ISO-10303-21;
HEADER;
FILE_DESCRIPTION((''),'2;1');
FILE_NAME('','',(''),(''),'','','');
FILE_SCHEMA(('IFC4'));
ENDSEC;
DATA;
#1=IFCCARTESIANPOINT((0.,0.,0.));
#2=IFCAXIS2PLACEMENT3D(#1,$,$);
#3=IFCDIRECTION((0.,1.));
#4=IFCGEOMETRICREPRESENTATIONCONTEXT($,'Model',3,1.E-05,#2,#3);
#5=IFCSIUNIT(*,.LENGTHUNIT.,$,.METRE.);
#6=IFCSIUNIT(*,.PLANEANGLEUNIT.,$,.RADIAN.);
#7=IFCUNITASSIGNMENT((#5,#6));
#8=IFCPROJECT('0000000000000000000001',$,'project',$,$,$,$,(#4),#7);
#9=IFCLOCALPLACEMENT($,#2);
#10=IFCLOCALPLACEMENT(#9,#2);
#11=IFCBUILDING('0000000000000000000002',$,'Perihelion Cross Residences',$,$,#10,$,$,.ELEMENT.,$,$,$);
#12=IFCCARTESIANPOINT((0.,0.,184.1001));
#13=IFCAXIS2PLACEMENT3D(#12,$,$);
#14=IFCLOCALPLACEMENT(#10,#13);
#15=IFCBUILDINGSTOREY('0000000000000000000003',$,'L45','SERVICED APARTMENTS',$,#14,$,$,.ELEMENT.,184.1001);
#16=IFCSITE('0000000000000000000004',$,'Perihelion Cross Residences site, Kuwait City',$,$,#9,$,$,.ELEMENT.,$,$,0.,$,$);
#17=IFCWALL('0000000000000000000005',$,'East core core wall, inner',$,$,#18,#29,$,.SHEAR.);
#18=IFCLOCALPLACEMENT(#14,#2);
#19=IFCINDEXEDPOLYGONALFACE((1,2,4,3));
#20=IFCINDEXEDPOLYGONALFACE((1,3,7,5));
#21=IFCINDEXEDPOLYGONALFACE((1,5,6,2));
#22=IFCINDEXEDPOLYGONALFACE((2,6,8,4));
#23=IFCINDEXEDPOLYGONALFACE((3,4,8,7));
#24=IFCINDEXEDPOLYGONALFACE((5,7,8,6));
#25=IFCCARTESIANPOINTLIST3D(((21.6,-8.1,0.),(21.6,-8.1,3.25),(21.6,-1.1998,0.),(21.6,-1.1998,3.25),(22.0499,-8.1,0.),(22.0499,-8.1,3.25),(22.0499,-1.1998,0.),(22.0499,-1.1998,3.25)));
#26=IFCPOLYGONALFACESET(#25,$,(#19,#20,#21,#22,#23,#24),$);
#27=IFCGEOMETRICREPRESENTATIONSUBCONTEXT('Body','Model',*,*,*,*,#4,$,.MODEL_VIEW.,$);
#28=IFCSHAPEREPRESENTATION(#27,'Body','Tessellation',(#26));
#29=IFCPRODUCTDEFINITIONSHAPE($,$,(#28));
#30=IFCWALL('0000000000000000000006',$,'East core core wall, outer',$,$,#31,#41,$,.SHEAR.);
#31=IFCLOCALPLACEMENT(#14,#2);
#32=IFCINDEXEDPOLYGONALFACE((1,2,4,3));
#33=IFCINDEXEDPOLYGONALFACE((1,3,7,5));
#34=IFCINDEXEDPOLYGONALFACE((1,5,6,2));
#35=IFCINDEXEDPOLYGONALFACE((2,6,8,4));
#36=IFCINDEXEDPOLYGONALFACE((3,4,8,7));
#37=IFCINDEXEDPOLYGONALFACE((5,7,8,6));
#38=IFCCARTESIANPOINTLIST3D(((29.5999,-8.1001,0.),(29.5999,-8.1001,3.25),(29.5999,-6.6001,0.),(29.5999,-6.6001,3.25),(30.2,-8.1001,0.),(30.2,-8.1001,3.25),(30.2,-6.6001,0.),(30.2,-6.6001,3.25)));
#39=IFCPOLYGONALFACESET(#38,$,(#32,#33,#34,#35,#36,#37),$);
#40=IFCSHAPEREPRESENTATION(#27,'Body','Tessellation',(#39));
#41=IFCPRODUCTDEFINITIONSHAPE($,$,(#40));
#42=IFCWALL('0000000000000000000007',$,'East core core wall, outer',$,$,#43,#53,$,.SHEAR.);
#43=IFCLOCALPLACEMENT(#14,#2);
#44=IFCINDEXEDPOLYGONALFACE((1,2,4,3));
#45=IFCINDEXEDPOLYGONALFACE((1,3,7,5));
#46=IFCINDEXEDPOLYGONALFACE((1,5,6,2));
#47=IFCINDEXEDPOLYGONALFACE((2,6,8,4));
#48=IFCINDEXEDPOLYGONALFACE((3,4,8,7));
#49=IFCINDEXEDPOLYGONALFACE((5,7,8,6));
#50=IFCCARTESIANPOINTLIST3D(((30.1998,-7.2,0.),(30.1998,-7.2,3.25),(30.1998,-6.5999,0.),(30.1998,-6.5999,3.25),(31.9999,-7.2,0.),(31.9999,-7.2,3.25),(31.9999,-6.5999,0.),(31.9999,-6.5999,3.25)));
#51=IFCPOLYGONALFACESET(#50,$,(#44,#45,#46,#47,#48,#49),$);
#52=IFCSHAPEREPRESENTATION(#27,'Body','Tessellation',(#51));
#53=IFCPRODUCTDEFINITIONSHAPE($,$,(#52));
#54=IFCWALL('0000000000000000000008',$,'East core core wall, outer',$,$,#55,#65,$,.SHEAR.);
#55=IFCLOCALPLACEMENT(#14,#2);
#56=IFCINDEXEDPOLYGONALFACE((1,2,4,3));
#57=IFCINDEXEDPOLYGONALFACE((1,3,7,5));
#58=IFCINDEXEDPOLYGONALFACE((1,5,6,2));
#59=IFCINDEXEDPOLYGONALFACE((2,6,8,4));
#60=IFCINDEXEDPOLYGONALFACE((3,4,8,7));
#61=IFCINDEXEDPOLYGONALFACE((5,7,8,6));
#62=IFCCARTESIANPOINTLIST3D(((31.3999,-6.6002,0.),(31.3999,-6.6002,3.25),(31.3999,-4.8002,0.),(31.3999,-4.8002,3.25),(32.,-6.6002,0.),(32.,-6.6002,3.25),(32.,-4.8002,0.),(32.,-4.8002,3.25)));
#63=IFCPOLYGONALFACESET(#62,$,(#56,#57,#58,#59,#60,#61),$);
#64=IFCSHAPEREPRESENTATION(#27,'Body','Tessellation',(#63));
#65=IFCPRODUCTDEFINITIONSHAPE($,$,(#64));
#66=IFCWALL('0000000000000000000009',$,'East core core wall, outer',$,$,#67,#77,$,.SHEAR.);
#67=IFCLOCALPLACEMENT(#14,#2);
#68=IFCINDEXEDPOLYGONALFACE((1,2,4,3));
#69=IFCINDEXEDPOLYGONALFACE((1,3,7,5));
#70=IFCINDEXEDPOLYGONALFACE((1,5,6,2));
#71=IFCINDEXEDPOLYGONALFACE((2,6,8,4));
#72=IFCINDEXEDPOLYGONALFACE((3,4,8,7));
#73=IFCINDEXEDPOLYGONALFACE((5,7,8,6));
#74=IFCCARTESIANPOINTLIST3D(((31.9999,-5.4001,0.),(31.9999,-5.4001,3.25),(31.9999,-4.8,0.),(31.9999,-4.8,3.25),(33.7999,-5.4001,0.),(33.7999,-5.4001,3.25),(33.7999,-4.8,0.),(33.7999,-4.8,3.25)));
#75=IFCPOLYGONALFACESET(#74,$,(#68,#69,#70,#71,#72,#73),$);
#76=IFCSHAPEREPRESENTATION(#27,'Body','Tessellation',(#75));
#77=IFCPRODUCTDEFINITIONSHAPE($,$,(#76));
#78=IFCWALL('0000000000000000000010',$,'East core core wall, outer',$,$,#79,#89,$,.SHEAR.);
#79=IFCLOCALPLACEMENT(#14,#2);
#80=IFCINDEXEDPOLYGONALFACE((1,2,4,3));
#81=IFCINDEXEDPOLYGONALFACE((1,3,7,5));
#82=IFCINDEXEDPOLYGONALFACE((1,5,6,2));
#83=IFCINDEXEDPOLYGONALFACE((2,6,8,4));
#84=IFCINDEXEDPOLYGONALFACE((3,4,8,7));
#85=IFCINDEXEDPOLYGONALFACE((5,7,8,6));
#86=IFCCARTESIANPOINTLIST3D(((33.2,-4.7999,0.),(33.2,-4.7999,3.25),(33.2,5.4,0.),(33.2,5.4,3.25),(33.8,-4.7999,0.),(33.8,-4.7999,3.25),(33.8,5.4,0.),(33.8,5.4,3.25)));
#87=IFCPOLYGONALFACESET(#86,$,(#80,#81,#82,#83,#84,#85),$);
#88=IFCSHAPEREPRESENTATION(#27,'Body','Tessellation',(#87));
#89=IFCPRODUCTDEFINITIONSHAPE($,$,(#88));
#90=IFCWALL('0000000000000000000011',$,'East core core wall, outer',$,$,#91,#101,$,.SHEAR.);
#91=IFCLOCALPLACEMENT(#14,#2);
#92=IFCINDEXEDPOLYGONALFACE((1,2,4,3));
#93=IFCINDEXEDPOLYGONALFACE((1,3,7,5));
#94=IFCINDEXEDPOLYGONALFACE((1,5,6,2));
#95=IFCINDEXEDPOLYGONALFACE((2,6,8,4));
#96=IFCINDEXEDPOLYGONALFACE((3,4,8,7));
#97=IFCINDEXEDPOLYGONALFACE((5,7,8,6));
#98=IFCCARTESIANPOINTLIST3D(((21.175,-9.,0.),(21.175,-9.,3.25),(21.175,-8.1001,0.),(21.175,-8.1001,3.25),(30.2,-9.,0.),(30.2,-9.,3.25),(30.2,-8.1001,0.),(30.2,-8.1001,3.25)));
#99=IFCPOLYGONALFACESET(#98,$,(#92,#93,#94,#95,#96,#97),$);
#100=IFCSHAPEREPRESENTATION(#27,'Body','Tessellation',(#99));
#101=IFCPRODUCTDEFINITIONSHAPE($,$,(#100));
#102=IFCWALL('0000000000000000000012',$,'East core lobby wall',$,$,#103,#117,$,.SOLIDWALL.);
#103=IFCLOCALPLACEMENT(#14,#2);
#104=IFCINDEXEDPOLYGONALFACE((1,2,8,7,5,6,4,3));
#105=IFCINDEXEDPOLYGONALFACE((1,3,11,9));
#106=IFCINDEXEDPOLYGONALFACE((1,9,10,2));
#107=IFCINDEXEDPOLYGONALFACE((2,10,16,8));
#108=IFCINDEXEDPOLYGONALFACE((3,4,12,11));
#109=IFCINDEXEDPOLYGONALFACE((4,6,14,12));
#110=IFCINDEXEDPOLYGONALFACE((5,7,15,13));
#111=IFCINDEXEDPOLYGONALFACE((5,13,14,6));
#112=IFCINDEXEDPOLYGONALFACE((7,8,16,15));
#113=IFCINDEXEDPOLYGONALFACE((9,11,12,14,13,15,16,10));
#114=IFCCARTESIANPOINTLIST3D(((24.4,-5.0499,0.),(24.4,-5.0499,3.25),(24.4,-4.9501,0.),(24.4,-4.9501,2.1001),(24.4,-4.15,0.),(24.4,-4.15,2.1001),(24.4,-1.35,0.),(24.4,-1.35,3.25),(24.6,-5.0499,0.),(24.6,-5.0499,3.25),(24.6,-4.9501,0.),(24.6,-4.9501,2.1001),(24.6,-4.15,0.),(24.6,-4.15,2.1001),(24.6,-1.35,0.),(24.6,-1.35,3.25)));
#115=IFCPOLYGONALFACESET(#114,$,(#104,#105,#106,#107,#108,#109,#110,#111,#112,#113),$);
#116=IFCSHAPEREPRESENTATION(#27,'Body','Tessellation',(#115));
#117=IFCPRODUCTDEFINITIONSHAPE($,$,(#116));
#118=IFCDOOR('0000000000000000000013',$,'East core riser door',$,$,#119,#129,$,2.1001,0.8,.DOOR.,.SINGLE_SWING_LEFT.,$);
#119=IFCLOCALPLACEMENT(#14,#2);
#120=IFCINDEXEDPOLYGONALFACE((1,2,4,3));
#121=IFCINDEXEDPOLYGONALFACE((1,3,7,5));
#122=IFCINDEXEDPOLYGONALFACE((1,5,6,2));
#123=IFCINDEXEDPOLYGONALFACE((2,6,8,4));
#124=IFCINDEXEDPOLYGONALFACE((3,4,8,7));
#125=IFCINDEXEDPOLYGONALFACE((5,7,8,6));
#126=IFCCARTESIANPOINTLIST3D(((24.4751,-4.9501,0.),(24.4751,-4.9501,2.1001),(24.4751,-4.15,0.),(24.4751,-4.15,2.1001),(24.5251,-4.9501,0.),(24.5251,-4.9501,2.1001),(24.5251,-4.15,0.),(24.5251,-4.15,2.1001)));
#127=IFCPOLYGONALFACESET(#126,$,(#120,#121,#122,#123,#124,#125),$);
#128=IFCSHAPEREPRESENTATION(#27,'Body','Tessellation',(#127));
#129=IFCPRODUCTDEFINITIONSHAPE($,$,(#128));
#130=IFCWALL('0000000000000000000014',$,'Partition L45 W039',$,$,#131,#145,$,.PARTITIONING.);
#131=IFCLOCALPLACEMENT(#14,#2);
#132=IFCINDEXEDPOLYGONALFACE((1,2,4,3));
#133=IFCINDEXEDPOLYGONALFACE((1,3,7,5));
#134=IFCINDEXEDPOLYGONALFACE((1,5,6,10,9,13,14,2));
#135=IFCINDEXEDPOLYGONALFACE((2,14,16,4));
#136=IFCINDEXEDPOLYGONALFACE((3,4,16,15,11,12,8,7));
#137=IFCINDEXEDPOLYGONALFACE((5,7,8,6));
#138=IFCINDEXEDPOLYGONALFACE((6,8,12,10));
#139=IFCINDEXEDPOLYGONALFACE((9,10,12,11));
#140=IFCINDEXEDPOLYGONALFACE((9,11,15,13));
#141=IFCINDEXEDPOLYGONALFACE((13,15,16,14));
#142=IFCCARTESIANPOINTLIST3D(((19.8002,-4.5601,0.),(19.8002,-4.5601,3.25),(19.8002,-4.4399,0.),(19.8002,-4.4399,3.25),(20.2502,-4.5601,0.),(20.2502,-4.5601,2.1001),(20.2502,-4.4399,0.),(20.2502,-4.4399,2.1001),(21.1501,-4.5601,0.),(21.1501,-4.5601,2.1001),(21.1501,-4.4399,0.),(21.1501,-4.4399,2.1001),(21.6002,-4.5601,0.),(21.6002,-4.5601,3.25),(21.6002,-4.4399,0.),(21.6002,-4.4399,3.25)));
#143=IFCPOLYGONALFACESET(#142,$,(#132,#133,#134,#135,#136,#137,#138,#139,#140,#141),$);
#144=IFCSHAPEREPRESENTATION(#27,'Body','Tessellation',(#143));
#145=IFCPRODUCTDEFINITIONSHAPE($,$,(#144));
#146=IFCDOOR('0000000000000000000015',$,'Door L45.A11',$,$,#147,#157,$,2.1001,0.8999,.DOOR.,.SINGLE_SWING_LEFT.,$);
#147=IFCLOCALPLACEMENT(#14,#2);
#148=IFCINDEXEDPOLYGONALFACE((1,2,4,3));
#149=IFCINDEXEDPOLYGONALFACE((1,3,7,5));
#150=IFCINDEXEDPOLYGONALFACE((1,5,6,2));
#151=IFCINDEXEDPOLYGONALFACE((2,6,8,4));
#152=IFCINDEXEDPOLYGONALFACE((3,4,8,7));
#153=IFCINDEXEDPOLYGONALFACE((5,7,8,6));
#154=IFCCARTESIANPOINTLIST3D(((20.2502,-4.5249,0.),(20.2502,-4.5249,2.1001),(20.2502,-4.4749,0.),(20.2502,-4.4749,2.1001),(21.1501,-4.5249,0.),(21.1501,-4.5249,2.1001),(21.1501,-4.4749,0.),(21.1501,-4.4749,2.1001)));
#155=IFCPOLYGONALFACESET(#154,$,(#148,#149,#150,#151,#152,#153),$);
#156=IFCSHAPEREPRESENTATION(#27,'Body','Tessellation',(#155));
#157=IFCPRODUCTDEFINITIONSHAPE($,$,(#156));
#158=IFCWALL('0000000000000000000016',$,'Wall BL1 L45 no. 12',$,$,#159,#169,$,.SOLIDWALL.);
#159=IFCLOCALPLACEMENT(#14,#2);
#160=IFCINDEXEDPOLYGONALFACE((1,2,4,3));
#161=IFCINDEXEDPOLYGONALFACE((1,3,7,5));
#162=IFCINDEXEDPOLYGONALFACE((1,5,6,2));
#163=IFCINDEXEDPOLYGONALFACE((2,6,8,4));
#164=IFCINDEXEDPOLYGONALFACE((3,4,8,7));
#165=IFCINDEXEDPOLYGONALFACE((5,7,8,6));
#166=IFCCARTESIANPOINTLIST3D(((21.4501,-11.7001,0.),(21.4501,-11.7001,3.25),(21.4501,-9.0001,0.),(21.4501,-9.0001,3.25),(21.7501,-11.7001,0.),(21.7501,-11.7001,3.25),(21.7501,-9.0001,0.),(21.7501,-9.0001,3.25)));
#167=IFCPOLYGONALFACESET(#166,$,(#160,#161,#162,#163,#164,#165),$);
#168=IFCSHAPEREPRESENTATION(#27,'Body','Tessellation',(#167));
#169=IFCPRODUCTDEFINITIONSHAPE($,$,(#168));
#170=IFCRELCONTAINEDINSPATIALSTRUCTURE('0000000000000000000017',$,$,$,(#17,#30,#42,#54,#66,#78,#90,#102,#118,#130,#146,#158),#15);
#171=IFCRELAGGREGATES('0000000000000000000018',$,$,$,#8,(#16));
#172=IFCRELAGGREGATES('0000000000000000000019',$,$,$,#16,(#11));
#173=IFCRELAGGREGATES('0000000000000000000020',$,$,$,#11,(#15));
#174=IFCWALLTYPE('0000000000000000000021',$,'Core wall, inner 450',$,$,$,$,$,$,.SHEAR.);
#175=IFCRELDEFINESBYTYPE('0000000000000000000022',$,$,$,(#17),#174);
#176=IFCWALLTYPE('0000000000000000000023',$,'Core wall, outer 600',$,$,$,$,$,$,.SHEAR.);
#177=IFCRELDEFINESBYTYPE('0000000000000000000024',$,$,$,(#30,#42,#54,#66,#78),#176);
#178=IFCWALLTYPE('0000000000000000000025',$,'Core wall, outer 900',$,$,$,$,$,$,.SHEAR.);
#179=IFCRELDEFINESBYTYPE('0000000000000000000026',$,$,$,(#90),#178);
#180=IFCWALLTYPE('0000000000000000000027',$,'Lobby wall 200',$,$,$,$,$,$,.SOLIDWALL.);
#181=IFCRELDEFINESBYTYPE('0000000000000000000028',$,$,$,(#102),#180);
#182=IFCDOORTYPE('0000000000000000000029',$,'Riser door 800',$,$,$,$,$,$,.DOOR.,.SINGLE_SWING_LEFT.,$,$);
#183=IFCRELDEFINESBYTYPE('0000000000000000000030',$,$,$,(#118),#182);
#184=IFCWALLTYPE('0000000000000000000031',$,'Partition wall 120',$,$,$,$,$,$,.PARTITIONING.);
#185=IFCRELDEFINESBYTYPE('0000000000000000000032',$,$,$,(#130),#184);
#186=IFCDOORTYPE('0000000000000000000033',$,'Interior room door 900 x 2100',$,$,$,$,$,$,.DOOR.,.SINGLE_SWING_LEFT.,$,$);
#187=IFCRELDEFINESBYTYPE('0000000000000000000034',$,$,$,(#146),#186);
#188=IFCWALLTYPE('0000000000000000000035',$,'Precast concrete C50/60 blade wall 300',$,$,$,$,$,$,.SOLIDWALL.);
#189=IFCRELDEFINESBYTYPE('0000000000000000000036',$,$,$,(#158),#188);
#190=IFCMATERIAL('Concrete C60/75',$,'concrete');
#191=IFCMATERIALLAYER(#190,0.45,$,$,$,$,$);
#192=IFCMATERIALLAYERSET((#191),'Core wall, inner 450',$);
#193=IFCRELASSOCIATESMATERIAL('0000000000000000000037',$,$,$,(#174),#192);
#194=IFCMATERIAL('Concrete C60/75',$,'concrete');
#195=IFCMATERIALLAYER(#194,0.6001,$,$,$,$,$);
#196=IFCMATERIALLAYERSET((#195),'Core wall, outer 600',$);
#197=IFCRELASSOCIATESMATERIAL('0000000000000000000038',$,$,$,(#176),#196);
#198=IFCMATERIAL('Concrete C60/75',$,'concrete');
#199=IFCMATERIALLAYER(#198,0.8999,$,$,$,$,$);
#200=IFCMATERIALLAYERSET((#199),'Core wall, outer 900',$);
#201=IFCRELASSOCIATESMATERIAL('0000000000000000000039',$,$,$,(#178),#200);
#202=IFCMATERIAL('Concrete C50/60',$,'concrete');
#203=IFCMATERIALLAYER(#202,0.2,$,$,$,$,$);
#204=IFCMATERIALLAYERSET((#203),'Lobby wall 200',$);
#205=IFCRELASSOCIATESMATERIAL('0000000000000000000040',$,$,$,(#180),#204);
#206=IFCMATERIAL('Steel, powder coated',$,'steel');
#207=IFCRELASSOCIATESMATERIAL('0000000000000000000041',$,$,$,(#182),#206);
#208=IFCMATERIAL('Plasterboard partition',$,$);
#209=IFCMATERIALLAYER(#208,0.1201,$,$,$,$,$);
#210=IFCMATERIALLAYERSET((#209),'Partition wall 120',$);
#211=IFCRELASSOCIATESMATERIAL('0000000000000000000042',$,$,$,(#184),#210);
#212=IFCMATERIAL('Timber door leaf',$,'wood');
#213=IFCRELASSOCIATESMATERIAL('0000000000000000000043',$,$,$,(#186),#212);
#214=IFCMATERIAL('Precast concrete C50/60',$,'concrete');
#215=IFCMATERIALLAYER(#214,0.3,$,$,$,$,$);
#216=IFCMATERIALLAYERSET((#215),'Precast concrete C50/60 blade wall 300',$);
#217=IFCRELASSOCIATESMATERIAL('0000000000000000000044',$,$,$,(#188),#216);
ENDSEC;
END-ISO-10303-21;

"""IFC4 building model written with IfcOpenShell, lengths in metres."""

from ifc_helpers import new_model, si_unit, direction, frame, frame_2d, origin, place, context, subcontext, project, spatial, rectangle, extrude, material, layer, layer_set, type_object, element, fill, save


model = new_model("IFC4")

# Units and contexts
model_context = context("Model", 3, precision=1e-05, world=origin(), true_north=direction((0.0, 1.0)))
body_context = subcontext(model_context, "Body", "Model", "MODEL_VIEW")
ifc_project = project(units=[si_unit("LENGTHUNIT", "METRE"), si_unit("PLANEANGLEUNIT", "RADIAN")], contexts=[model_context])

# Site, building, storey
site_placement = place(None, origin())
site = spatial("IfcSite", under=ifc_project, at=site_placement, Name="Perihelion Cross Residences site, Kuwait City", CompositionType="ELEMENT", RefElevation=0.0)
building_placement = place(site_placement, origin())
building = spatial("IfcBuilding", under=site, at=building_placement, Name="Perihelion Cross Residences", CompositionType="ELEMENT")
storey_placement = place(building_placement, frame((0.0, 0.0, 184.1001)))
storey = spatial("IfcBuildingStorey", under=building, at=storey_placement, Name="L45", Description="SERVICED APARTMENTS", CompositionType="ELEMENT", Elevation=184.1001)

# Walls
ifc_material_1 = material(Name="Concrete C60/75", Category="concrete")
ifc_layer_1 = layer(ifc_material_1, 0.45)
ifc_layer_set_1 = layer_set([ifc_layer_1], Name="Core wall, inner 450")
wall_type_1 = type_object("IfcWallType", Name="Core wall, inner 450", PredefinedType="SHEAR", material=ifc_layer_set_1)
wall_1_placement = place(storey_placement, frame((21.825, -8.1001, 0.0), z_axis=(0.0, 0.0, 1.0), x_axis=(0.0, 1.0, 0.0)))
element("IfcWall", 1, at=wall_1_placement, inside=storey, type_object=wall_type_1, Name="East core core wall, inner", PredefinedType="SHEAR", context=body_context, shape_type="SweptSolid", body=[
    extrude(rectangle(XDim=6.9001, YDim=0.45, at=frame_2d((3.4502, 0.0))), origin(), (0.0, 0.0, 1.0), 3.25),
])
ifc_material_2 = material(Name="Concrete C60/75", Category="concrete")
ifc_layer_2 = layer(ifc_material_2, 0.6001)
ifc_layer_set_2 = layer_set([ifc_layer_2], Name="Core wall, outer 600")
wall_type_2 = type_object("IfcWallType", Name="Core wall, outer 600", PredefinedType="SHEAR", material=ifc_layer_set_2)
wall_2_placement = place(storey_placement, frame((29.8999, -8.1001, 0.0), z_axis=(0.0, 0.0, 1.0), x_axis=(0.0, 1.0, 0.0)))
element("IfcWall", 2, at=wall_2_placement, inside=storey, type_object=wall_type_2, Name="East core core wall, outer", PredefinedType="SHEAR", context=body_context, shape_type="SweptSolid", body=[
    extrude(rectangle(XDim=1.5, YDim=0.6001, at=frame_2d((0.75, 0.0))), origin(), (0.0, 0.0, 1.0), 3.25),
])
for number, where, z_axis, x_axis, name in (
    (3, (30.2, -6.8999, 0.0), (0.0, 0.0, 1.0), (1.0, 0.0, 0.0), "East core core wall, outer"),
    (4, (31.7, -6.6001, 0.0), (0.0, 0.0, 1.0), (0.0, 1.0, 0.0), "East core core wall, outer"),
    (5, (32.0, -5.1001, 0.0), (0.0, 0.0, 1.0), (1.0, 0.0, 0.0), "East core core wall, outer"),
):
    element("IfcWall", number, at=place(storey_placement, frame(where, z_axis=z_axis, x_axis=x_axis)), inside=storey, type_object=wall_type_2, Name=name, PredefinedType="SHEAR", context=body_context, shape_type="SweptSolid", body=[
        extrude(rectangle(XDim=1.8, YDim=0.6001, at=frame_2d((0.8999, 0.0))), origin(), (0.0, 0.0, 1.0), 3.25),
    ])
wall_3_placement = place(storey_placement, frame((33.5, -4.8, 0.0), z_axis=(0.0, 0.0, 1.0), x_axis=(0.0, 1.0, 0.0)))
element("IfcWall", 6, at=wall_3_placement, inside=storey, type_object=wall_type_2, Name="East core core wall, outer", PredefinedType="SHEAR", context=body_context, shape_type="SweptSolid", body=[
    extrude(rectangle(XDim=10.2, YDim=0.6001, at=frame_2d((5.1001, 0.0))), origin(), (0.0, 0.0, 1.0), 3.25),
])
ifc_material_3 = material(Name="Concrete C60/75", Category="concrete")
ifc_layer_3 = layer(ifc_material_3, 0.8999)
ifc_layer_set_3 = layer_set([ifc_layer_3], Name="Core wall, outer 900")
wall_type_3 = type_object("IfcWallType", Name="Core wall, outer 900", PredefinedType="SHEAR", material=ifc_layer_set_3)
wall_4_placement = place(storey_placement, frame((21.175, -8.55, 0.0), z_axis=(0.0, 0.0, 1.0), x_axis=(1.0, 0.0, 0.0)))
element("IfcWall", 7, at=wall_4_placement, inside=storey, type_object=wall_type_3, Name="East core core wall, outer", PredefinedType="SHEAR", context=body_context, shape_type="SweptSolid", body=[
    extrude(rectangle(XDim=9.0249, YDim=0.8999, at=frame_2d((4.5125, 0.0))), origin(), (0.0, 0.0, 1.0), 3.25),
])

# Walls, openings, doors
ifc_material_4 = material(Name="Concrete C50/60", Category="concrete")
ifc_layer_4 = layer(ifc_material_4, 0.2)
ifc_layer_set_4 = layer_set([ifc_layer_4], Name="Lobby wall 200")
wall_type_4 = type_object("IfcWallType", Name="Lobby wall 200", PredefinedType="SOLIDWALL", material=ifc_layer_set_4)
wall_5_placement = place(storey_placement, frame((24.5, -5.05, 0.0), z_axis=(0.0, 0.0, 1.0), x_axis=(0.0, 1.0, 0.0)))
wall_5 = element("IfcWall", 8, at=wall_5_placement, inside=storey, type_object=wall_type_4, Name="East core lobby wall", PredefinedType="SOLIDWALL", context=body_context, shape_type="SweptSolid", body=[
    extrude(rectangle(XDim=3.7, YDim=0.2, at=frame_2d((1.8501, 0.0))), origin(), (0.0, 0.0, 1.0), 3.25),
])
opening_1_placement = place(wall_5_placement, frame((0.1001, 0.0, 0.0)))
opening_1 = element("IfcOpeningElement", 9, at=opening_1_placement, cuts=wall_5, PredefinedType="OPENING", context=body_context, shape_type="SweptSolid", body=[
    extrude(rectangle(XDim=0.8, YDim=2.1001, at=frame_2d((0.3999, 1.05))), frame((0.0, 0.1099, 0.0), z_axis=(0.0, -1.0, 0.0), x_axis=(1.0, 0.0, 0.0)), (0.0, 0.0, 1.0), 0.22),
])
ifc_material_5 = material(Name="Steel, powder coated", Category="steel")
door_type_1 = type_object("IfcDoorType", Name="Riser door 800", OperationType="SINGLE_SWING_LEFT", PredefinedType="DOOR", material=ifc_material_5)
door_1_placement = place(opening_1_placement, origin())
door_1 = element("IfcDoor", 10, at=door_1_placement, inside=storey, type_object=door_type_1, Name="East core riser door", OperationType="SINGLE_SWING_LEFT", OverallHeight=2.1001, OverallWidth=0.8, PredefinedType="DOOR", context=body_context, shape_type="SweptSolid", body=[
    extrude(rectangle(XDim=0.8, YDim=2.1001, at=frame_2d((0.3999, 1.05))), frame((0.0, 0.0249, 0.0), z_axis=(0.0, -1.0, 0.0), x_axis=(1.0, 0.0, 0.0)), (0.0, 0.0, 1.0), 0.05),
])
fill(opening_1, door_1)
ifc_material_6 = material(Name="Plasterboard partition")
ifc_layer_5 = layer(ifc_material_6, 0.1201)
ifc_layer_set_5 = layer_set([ifc_layer_5], Name="Partition wall 120")
wall_type_5 = type_object("IfcWallType", Name="Partition wall 120", PredefinedType="PARTITIONING", material=ifc_layer_set_5)
wall_6_placement = place(storey_placement, frame((21.6001, -4.5, 0.0), z_axis=(0.0, 0.0, 1.0), x_axis=(-1.0, 0.0, 0.0)))
wall_6 = element("IfcWall", 11, at=wall_6_placement, inside=storey, type_object=wall_type_5, Name="Partition L45 W039", PredefinedType="PARTITIONING", context=body_context, shape_type="SweptSolid", body=[
    extrude(rectangle(XDim=1.8, YDim=0.1201, at=frame_2d((0.8999, 0.0))), origin(), (0.0, 0.0, 1.0), 3.25),
])
opening_2_placement = place(wall_6_placement, frame((0.45, 0.0, 0.0)))
opening_2 = element("IfcOpeningElement", 12, at=opening_2_placement, cuts=wall_6, PredefinedType="OPENING", context=body_context, shape_type="SweptSolid", body=[
    extrude(rectangle(XDim=0.8999, YDim=2.1001, at=frame_2d((0.45, 1.05))), frame((0.0, 0.0701, 0.0), z_axis=(0.0, -1.0, 0.0), x_axis=(1.0, 0.0, 0.0)), (0.0, 0.0, 1.0), 0.1401),
])
ifc_material_7 = material(Name="Timber door leaf", Category="wood")
door_type_2 = type_object("IfcDoorType", Name="Interior room door 900 x 2100", OperationType="SINGLE_SWING_LEFT", PredefinedType="DOOR", material=ifc_material_7)
door_2_placement = place(opening_2_placement, origin())
door_2 = element("IfcDoor", 13, at=door_2_placement, inside=storey, type_object=door_type_2, Name="Door L45.A11", OperationType="SINGLE_SWING_LEFT", OverallHeight=2.1001, OverallWidth=0.8999, PredefinedType="DOOR", context=body_context, shape_type="SweptSolid", body=[
    extrude(rectangle(XDim=0.8999, YDim=2.1001, at=frame_2d((0.45, 1.05))), frame((0.0, 0.0249, 0.0), z_axis=(0.0, -1.0, 0.0), x_axis=(1.0, 0.0, 0.0)), (0.0, 0.0, 1.0), 0.05),
])
fill(opening_2, door_2)

# Wall
ifc_material_8 = material(Name="Precast concrete C50/60", Category="concrete")
ifc_layer_6 = layer(ifc_material_8, 0.3)
ifc_layer_set_6 = layer_set([ifc_layer_6], Name="Precast concrete C50/60 blade wall 300")
wall_type_6 = type_object("IfcWallType", Name="Precast concrete C50/60 blade wall 300", PredefinedType="SOLIDWALL", material=ifc_layer_set_6)
wall_7_placement = place(storey_placement, frame((21.6001, -9.0, 0.0), z_axis=(0.0, 0.0, 1.0), x_axis=(0.0, -1.0, 0.0)))
element("IfcWall", 14, at=wall_7_placement, inside=storey, type_object=wall_type_6, Name="Wall BL1 L45 no. 12", PredefinedType="SOLIDWALL", context=body_context, shape_type="SweptSolid", body=[
    extrude(rectangle(XDim=2.7, YDim=0.3, at=frame_2d((1.3501, 0.0))), origin(), (0.0, 0.0, 1.0), 3.25),
])

save(model, "model.ifc")
